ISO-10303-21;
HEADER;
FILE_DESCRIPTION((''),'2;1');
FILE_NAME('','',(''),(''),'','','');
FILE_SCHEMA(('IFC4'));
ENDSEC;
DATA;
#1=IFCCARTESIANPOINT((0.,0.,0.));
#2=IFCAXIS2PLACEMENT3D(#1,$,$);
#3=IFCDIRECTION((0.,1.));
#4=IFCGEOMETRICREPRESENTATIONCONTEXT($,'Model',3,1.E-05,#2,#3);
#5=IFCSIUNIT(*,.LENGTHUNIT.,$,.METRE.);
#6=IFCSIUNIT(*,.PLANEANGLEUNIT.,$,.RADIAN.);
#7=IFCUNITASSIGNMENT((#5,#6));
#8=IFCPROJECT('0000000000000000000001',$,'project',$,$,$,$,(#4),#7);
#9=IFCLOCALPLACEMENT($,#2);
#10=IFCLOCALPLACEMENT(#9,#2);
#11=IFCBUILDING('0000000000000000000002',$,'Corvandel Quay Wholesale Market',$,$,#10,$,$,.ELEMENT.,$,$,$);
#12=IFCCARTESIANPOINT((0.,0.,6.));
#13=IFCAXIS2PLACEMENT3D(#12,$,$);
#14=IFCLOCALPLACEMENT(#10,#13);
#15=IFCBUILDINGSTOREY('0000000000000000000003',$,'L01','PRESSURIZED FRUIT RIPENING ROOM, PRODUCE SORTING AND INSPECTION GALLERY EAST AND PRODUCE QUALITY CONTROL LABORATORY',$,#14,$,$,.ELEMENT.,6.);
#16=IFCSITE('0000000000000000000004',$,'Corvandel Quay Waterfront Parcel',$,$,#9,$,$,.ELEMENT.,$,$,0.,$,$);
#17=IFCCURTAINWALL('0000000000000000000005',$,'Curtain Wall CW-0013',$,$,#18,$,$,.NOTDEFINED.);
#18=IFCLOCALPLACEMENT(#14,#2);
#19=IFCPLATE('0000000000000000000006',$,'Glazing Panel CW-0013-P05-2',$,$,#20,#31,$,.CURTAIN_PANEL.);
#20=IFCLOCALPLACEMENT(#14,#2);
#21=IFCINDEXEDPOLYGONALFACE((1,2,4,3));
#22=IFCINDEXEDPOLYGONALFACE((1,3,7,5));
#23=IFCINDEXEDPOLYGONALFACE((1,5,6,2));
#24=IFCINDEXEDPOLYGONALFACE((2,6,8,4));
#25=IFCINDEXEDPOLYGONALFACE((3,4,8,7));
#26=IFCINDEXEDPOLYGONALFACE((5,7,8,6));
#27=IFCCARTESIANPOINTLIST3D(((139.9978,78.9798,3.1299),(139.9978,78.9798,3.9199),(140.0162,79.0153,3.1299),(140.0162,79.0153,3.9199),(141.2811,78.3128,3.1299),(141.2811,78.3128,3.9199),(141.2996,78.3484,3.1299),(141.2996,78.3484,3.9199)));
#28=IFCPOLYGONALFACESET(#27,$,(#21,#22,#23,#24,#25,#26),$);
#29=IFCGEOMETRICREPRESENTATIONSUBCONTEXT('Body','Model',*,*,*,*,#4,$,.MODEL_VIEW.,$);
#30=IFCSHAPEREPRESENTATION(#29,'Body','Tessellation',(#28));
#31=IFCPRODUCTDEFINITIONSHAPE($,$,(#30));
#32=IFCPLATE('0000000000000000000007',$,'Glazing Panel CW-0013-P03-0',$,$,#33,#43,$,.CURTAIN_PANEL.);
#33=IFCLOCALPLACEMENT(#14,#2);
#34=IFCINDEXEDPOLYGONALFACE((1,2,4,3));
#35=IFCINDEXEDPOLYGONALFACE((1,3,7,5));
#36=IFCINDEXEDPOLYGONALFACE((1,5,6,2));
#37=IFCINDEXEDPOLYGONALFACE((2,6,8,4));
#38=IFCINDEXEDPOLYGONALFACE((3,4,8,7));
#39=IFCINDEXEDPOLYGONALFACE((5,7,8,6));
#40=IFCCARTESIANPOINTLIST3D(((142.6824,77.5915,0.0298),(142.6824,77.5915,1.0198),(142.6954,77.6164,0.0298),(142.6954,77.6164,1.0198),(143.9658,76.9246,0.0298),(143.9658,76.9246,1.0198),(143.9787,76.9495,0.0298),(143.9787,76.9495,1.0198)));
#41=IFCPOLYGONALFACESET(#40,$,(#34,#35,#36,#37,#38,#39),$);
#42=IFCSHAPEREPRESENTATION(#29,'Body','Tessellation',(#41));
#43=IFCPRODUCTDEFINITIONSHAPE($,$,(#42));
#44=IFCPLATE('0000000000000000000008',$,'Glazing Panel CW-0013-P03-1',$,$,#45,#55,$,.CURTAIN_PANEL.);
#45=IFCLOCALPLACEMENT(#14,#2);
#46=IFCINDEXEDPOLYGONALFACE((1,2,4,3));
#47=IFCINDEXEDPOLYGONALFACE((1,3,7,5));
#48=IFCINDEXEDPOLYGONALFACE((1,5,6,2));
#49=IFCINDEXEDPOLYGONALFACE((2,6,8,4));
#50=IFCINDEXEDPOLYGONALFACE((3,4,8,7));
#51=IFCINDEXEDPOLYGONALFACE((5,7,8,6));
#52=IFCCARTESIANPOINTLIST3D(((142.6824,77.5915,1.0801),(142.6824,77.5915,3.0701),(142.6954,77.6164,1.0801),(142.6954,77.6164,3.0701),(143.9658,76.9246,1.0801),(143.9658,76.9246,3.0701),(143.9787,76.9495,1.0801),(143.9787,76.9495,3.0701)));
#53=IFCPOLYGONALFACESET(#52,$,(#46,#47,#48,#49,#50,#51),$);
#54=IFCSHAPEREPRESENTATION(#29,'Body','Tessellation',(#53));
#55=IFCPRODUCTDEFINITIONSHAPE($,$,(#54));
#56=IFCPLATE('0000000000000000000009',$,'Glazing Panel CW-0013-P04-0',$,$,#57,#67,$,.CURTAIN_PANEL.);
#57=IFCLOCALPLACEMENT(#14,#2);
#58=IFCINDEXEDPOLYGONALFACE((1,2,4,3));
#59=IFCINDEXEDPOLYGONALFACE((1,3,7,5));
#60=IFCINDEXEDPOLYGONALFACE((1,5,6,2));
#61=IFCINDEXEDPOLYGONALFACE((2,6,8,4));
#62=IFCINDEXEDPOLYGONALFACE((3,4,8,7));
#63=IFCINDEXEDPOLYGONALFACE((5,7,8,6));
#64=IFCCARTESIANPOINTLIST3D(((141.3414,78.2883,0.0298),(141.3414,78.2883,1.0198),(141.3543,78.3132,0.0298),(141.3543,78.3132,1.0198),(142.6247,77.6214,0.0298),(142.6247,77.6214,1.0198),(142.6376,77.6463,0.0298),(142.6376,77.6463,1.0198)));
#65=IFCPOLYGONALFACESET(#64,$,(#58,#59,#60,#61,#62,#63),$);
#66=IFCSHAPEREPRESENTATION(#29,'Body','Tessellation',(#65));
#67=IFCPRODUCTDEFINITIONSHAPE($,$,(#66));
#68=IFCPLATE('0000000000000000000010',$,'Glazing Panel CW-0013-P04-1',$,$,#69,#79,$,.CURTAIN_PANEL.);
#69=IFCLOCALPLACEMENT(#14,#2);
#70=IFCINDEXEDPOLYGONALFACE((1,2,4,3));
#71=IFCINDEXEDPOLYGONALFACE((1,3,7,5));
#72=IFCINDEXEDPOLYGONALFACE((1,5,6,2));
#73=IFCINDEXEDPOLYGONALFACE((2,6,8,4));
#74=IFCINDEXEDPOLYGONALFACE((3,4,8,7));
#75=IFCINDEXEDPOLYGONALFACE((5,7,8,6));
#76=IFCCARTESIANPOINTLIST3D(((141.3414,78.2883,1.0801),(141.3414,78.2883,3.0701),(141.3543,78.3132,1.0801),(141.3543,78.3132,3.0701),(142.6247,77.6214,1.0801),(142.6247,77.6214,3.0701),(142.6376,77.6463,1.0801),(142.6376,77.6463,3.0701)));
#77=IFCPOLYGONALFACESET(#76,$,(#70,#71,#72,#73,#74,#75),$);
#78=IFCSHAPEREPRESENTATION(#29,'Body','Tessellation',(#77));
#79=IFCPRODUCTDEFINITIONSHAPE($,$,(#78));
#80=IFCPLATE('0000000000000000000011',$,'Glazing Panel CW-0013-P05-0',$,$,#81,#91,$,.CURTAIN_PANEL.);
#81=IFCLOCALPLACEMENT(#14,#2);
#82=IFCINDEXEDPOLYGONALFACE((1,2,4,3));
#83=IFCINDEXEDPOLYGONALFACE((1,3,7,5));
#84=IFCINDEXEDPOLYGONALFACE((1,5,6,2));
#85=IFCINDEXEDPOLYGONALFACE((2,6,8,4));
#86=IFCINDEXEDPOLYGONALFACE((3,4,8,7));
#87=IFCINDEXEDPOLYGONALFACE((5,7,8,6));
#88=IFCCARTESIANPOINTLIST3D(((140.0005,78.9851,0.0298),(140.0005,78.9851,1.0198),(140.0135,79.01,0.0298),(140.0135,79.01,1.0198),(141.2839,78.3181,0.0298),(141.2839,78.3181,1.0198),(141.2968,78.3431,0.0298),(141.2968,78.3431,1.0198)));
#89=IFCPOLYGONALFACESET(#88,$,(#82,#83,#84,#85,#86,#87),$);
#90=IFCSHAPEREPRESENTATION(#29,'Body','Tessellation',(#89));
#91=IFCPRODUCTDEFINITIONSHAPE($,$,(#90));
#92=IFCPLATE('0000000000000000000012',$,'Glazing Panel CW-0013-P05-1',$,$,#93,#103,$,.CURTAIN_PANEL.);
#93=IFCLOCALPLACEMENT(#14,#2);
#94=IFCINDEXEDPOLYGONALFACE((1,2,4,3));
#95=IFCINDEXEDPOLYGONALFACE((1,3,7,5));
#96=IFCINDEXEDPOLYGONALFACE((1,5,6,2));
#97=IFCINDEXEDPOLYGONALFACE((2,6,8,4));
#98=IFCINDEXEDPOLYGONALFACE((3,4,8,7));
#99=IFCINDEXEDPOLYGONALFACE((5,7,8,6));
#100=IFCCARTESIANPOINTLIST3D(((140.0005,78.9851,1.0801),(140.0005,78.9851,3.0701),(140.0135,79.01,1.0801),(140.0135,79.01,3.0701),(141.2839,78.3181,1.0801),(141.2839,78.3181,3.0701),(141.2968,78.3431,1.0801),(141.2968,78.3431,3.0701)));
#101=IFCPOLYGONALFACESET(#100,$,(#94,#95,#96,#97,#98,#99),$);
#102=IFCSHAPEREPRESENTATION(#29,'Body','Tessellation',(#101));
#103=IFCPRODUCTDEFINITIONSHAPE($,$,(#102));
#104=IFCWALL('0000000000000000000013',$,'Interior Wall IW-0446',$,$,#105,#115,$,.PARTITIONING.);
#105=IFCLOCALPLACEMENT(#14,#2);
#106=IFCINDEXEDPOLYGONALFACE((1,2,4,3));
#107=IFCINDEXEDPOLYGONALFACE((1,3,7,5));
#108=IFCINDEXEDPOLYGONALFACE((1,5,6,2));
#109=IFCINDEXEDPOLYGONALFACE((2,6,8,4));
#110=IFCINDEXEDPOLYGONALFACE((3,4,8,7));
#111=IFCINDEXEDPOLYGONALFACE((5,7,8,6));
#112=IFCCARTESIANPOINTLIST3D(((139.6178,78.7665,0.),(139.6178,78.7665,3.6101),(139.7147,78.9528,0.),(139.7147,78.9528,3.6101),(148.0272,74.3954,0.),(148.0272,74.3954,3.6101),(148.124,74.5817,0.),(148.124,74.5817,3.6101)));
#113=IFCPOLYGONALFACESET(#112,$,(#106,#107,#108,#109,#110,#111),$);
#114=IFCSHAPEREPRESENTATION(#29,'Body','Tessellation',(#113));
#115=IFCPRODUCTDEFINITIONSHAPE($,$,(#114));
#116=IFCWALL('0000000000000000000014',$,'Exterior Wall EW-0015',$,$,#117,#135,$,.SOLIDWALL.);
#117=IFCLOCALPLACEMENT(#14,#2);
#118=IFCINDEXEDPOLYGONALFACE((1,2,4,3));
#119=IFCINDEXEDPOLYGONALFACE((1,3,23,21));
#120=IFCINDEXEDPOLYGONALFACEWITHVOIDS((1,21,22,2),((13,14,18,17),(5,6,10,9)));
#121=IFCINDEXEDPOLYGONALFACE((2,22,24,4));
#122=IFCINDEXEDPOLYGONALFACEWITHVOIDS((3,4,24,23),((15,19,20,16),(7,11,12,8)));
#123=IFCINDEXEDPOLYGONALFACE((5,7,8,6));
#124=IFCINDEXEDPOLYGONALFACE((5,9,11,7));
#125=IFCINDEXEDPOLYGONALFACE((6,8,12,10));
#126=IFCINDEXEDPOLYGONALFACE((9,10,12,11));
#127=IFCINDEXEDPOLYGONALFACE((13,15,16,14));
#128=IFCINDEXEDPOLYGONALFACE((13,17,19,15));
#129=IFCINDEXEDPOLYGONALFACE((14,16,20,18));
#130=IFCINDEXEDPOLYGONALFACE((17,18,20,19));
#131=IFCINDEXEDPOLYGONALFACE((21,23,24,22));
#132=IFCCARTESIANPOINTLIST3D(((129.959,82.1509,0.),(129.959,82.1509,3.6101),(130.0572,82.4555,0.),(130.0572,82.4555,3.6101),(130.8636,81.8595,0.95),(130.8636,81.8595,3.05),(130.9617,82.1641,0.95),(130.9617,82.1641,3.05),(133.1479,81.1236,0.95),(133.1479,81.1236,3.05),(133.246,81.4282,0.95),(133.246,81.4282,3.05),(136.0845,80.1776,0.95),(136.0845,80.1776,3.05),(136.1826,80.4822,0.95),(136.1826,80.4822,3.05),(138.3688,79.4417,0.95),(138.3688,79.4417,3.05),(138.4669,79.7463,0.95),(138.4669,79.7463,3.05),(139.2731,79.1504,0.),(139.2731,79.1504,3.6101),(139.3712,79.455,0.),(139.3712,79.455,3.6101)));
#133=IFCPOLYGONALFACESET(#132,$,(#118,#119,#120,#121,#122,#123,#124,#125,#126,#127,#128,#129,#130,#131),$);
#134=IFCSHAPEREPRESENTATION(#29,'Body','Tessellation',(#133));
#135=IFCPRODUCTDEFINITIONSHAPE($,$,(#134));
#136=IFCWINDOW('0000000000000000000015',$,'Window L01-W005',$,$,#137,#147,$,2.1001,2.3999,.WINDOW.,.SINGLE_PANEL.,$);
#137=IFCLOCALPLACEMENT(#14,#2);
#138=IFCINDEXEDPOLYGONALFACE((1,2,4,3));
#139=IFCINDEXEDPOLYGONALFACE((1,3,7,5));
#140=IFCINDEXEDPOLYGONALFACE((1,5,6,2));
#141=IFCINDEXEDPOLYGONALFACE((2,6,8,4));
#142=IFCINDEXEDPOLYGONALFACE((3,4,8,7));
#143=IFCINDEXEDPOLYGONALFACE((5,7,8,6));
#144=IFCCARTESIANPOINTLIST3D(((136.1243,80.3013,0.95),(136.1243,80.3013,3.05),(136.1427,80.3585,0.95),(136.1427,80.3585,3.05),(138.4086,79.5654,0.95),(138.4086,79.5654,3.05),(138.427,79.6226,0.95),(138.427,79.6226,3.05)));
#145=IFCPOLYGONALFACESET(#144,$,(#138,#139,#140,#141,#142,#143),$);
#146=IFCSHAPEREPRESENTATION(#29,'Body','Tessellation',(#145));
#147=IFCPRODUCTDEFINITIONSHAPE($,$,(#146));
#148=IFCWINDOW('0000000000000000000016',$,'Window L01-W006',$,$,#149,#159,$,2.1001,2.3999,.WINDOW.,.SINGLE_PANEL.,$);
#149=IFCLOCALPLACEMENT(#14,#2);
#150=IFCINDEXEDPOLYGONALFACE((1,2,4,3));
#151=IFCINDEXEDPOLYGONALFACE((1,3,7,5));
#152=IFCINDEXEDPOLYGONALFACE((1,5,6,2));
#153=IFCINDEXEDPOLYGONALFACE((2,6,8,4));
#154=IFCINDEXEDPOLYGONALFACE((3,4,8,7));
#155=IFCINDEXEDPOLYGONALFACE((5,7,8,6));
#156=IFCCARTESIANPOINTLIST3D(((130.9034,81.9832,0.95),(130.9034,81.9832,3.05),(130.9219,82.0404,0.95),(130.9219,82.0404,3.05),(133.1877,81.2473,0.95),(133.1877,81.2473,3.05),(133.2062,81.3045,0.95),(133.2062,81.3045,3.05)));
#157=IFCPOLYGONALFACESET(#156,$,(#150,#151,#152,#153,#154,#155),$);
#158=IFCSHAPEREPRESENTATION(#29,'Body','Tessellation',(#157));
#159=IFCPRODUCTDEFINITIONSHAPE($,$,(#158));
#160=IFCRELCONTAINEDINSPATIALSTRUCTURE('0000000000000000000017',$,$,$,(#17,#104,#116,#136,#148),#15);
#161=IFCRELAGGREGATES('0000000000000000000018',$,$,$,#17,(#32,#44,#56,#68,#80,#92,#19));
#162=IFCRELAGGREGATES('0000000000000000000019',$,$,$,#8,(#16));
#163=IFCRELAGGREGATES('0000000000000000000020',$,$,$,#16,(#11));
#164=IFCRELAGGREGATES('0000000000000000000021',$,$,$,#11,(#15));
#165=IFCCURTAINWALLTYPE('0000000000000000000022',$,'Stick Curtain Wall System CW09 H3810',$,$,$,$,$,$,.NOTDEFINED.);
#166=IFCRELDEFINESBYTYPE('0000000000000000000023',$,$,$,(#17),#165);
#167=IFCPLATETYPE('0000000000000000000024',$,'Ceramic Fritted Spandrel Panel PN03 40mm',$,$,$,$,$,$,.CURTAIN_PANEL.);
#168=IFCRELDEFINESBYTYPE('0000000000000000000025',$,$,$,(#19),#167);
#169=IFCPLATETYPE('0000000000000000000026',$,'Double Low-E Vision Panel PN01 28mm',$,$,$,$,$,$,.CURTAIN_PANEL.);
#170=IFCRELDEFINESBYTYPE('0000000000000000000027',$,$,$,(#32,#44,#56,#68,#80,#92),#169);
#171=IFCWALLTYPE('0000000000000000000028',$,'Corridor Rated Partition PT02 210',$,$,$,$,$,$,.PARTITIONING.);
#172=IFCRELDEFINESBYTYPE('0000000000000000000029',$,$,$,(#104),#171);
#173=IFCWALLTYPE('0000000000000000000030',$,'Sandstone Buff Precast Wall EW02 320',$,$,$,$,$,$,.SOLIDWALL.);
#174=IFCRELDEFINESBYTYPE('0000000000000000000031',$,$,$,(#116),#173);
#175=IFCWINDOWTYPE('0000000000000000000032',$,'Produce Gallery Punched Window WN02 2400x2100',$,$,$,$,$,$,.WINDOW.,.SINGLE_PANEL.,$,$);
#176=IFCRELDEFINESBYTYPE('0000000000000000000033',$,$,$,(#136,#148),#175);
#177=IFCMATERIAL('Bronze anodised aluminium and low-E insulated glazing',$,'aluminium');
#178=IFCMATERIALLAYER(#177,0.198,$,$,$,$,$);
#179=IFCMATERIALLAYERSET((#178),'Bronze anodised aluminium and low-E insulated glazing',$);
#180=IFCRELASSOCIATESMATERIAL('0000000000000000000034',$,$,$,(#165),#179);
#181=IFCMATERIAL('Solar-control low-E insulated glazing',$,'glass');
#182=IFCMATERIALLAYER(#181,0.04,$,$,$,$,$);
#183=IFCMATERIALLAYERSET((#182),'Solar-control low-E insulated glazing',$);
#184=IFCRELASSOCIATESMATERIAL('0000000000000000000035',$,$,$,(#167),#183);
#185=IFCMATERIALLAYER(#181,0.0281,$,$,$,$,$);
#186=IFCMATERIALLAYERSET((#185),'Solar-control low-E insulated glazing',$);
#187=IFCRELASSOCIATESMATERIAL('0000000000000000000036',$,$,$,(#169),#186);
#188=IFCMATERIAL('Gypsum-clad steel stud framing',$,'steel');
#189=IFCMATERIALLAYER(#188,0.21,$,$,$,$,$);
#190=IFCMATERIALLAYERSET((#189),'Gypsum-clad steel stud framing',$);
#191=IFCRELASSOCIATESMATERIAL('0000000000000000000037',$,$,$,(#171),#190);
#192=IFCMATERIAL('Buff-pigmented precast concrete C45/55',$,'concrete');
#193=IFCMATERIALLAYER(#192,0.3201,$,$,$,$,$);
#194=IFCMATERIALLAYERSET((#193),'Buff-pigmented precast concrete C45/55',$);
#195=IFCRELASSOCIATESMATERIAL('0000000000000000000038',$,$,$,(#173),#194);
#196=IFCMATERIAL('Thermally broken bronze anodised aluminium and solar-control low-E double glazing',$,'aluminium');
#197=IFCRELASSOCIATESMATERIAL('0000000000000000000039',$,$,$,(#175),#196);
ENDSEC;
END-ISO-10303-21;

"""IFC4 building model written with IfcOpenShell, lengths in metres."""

from ifc_helpers import new_model, si_unit, direction, frame, frame_2d, origin, origin_2d, place, context, subcontext, project, spatial, rectangle, extrude, material, layer, layer_set, type_object, element, fill, aggregate, save


model = new_model("IFC4")

# Units and contexts
model_context = context("Model", 3, precision=1e-05, world=origin(), true_north=direction((0.0, 1.0)))
body_context = subcontext(model_context, "Body", "Model", "MODEL_VIEW")
ifc_project = project(units=[si_unit("LENGTHUNIT", "METRE"), si_unit("PLANEANGLEUNIT", "RADIAN")], contexts=[model_context])

# Site, building, storey
site_placement = place(None, origin())
site = spatial("IfcSite", under=ifc_project, at=site_placement, Name="Corvandel Quay Waterfront Parcel", CompositionType="ELEMENT", RefElevation=0.0)
building_placement = place(site_placement, origin())
building = spatial("IfcBuilding", under=site, at=building_placement, Name="Corvandel Quay Wholesale Market", CompositionType="ELEMENT")
storey_placement = place(building_placement, frame((0.0, 0.0, 6.0)))
storey = spatial("IfcBuildingStorey", under=building, at=storey_placement, Name="L01", Description="PRESSURIZED FRUIT RIPENING ROOM, PRODUCE SORTING AND INSPECTION GALLERY EAST AND PRODUCE QUALITY CONTROL LABORATORY", CompositionType="ELEMENT", Elevation=6.0)

# Curtain wall
ifc_material_1 = material(Name="Bronze anodised aluminium and low-E insulated glazing", Category="aluminium")
ifc_layer_1 = layer(ifc_material_1, 0.198)
ifc_layer_set_1 = layer_set([ifc_layer_1], Name="Bronze anodised aluminium and low-E insulated glazing")
curtain_wall_type = type_object("IfcCurtainWallType", Name="Stick Curtain Wall System CW09 H3810", PredefinedType="NOTDEFINED", material=ifc_layer_set_1)
curtain_wall_placement = place(storey_placement, origin())
curtain_wall = element("IfcCurtainWall", 1, at=curtain_wall_placement, inside=storey, type_object=curtain_wall_type, Name="Curtain Wall CW-0013", PredefinedType="NOTDEFINED")

# Plates
ifc_material_2 = material(Name="Solar-control low-E insulated glazing", Category="glass")
ifc_layer_2 = layer(ifc_material_2, 0.04)
ifc_layer_set_2 = layer_set([ifc_layer_2], Name="Solar-control low-E insulated glazing")
plate_type_1 = type_object("IfcPlateType", Name="Ceramic Fritted Spandrel Panel PN03 40mm", PredefinedType="CURTAIN_PANEL", material=ifc_layer_set_2)
plate_1_placement = place(storey_placement, frame((140.6487, 78.6641, 3.1299), z_axis=(0.0, 0.0, 1.0), x_axis=(-0.887333, 0.461129, 0.0)))
plate_1 = element("IfcPlate", 2, at=plate_1_placement, type_object=plate_type_1, Name="Glazing Panel CW-0013-P05-2", PredefinedType="CURTAIN_PANEL", context=body_context, shape_type="SweptSolid", body=[
    extrude(rectangle(XDim=1.4463, YDim=0.04, at=origin_2d()), origin(), (0.0, 0.0, 1.0), 0.79),
])
ifc_layer_3 = layer(ifc_material_2, 0.0281)
ifc_layer_set_3 = layer_set([ifc_layer_3], Name="Solar-control low-E insulated glazing")
plate_type_2 = type_object("IfcPlateType", Name="Double Low-E Vision Panel PN01 28mm", PredefinedType="CURTAIN_PANEL", material=ifc_layer_set_3)
plate_2_placement = place(storey_placement, frame((143.3306, 77.2705, 0.0298), z_axis=(0.0, 0.0, 1.0), x_axis=(-0.887333, 0.461129, 0.0)))
plate_2 = element("IfcPlate", 3, at=plate_2_placement, type_object=plate_type_2, Name="Glazing Panel CW-0013-P03-0", PredefinedType="CURTAIN_PANEL", context=body_context, shape_type="SweptSolid", body=[
    extrude(rectangle(XDim=1.4463, YDim=0.0281, at=origin_2d()), origin(), (0.0, 0.0, 1.0), 0.99),
])
plate_3_placement = place(storey_placement, frame((143.3306, 77.2705, 1.0801), z_axis=(0.0, 0.0, 1.0), x_axis=(-0.887333, 0.461129, 0.0)))
plate_3 = element("IfcPlate", 4, at=plate_3_placement, type_object=plate_type_2, Name="Glazing Panel CW-0013-P03-1", PredefinedType="CURTAIN_PANEL", context=body_context, shape_type="SweptSolid", body=[
    extrude(rectangle(XDim=1.4463, YDim=0.0281, at=origin_2d()), origin(), (0.0, 0.0, 1.0), 1.99),
])
plate_4_placement = place(storey_placement, frame((141.9895, 77.9673, 0.0298), z_axis=(0.0, 0.0, 1.0), x_axis=(-0.887333, 0.461129, 0.0)))
plate_4 = element("IfcPlate", 5, at=plate_4_placement, type_object=plate_type_2, Name="Glazing Panel CW-0013-P04-0", PredefinedType="CURTAIN_PANEL", context=body_context, shape_type="SweptSolid", body=[
    extrude(rectangle(XDim=1.4463, YDim=0.0281, at=origin_2d()), origin(), (0.0, 0.0, 1.0), 0.99),
])
plate_5_placement = place(storey_placement, frame((141.9895, 77.9673, 1.0801), z_axis=(0.0, 0.0, 1.0), x_axis=(-0.887333, 0.461129, 0.0)))
plate_5 = element("IfcPlate", 6, at=plate_5_placement, type_object=plate_type_2, Name="Glazing Panel CW-0013-P04-1", PredefinedType="CURTAIN_PANEL", context=body_context, shape_type="SweptSolid", body=[
    extrude(rectangle(XDim=1.4463, YDim=0.0281, at=origin_2d()), origin(), (0.0, 0.0, 1.0), 1.99),
])
plate_6_placement = place(storey_placement, frame((140.6487, 78.6641, 0.0298), z_axis=(0.0, 0.0, 1.0), x_axis=(-0.887333, 0.461129, 0.0)))
plate_6 = element("IfcPlate", 7, at=plate_6_placement, type_object=plate_type_2, Name="Glazing Panel CW-0013-P05-0", PredefinedType="CURTAIN_PANEL", context=body_context, shape_type="SweptSolid", body=[
    extrude(rectangle(XDim=1.4463, YDim=0.0281, at=origin_2d()), origin(), (0.0, 0.0, 1.0), 0.99),
])
plate_7_placement = place(storey_placement, frame((140.6487, 78.6641, 1.0801), z_axis=(0.0, 0.0, 1.0), x_axis=(-0.887333, 0.461129, 0.0)))
plate_7 = element("IfcPlate", 8, at=plate_7_placement, type_object=plate_type_2, Name="Glazing Panel CW-0013-P05-1", PredefinedType="CURTAIN_PANEL", context=body_context, shape_type="SweptSolid", body=[
    extrude(rectangle(XDim=1.4463, YDim=0.0281, at=origin_2d()), origin(), (0.0, 0.0, 1.0), 1.99),
])
aggregate(curtain_wall, [plate_2, plate_3, plate_4, plate_5, plate_6, plate_7, plate_1])

# Wall
ifc_material_3 = material(Name="Gypsum-clad steel stud framing", Category="steel")
ifc_layer_4 = layer(ifc_material_3, 0.21)
ifc_layer_set_4 = layer_set([ifc_layer_4], Name="Gypsum-clad steel stud framing")
wall_type_1 = type_object("IfcWallType", Name="Corridor Rated Partition PT02 210", PredefinedType="PARTITIONING", material=ifc_layer_set_4)
wall_1_placement = place(storey_placement, frame((139.6663, 78.8596, 0.0), z_axis=(0.0, 0.0, 1.0), x_axis=(0.887295, -0.461203, 0.0)))
element("IfcWall", 9, at=wall_1_placement, inside=storey, type_object=wall_type_1, Name="Interior Wall IW-0446", PredefinedType="PARTITIONING", context=body_context, shape_type="SweptSolid", body=[
    extrude(rectangle(XDim=9.4775, YDim=0.21, at=frame_2d((4.7388, 0.0))), origin(), (0.0, 0.0, 1.0), 3.6101),
])

# Wall, openings, windows
ifc_material_4 = material(Name="Buff-pigmented precast concrete C45/55", Category="concrete")
ifc_layer_5 = layer(ifc_material_4, 0.3201)
ifc_layer_set_5 = layer_set([ifc_layer_5], Name="Buff-pigmented precast concrete C45/55")
wall_type_2 = type_object("IfcWallType", Name="Sandstone Buff Precast Wall EW02 320", PredefinedType="SOLIDWALL", material=ifc_layer_set_5)
wall_2_placement = place(storey_placement, frame((139.322, 79.3027, 0.0), z_axis=(0.0, 0.0, 1.0), x_axis=(-0.951828, 0.306631, 0.0)))
wall_2 = element("IfcWall", 10, at=wall_2_placement, inside=storey, type_object=wall_type_2, Name="Exterior Wall EW-0015", PredefinedType="SOLIDWALL", context=body_context, shape_type="SweptSolid", body=[
    extrude(rectangle(XDim=9.7854, YDim=0.3201, at=frame_2d((4.8926, 0.0))), origin(), (0.0, 0.0, 1.0), 3.6101),
])
opening_1_placement = place(wall_2_placement, frame((0.95, 0.0, 0.95)))
opening_1 = element("IfcOpeningElement", 11, at=opening_1_placement, cuts=wall_2, PredefinedType="OPENING", context=body_context, shape_type="SweptSolid", body=[
    extrude(rectangle(XDim=2.3999, YDim=2.1001, at=frame_2d((1.2, 1.05))), frame((0.0, 0.1699, 0.0), z_axis=(0.0, -1.0, 0.0), x_axis=(1.0, 0.0, 0.0)), (0.0, 0.0, 1.0), 0.3401),
])
opening_2_placement = place(wall_2_placement, frame((6.4351, 0.0, 0.95)))
opening_2 = element("IfcOpeningElement", 12, at=opening_2_placement, cuts=wall_2, PredefinedType="OPENING", context=body_context, shape_type="SweptSolid", body=[
    extrude(rectangle(XDim=2.3999, YDim=2.1001, at=frame_2d((1.2, 1.05))), frame((0.0, 0.1699, 0.0), z_axis=(0.0, -1.0, 0.0), x_axis=(1.0, 0.0, 0.0)), (0.0, 0.0, 1.0), 0.3401),
])
ifc_material_5 = material(Name="Thermally broken bronze anodised aluminium and solar-control low-E double glazing", Category="aluminium")
window_type = type_object("IfcWindowType", Name="Produce Gallery Punched Window WN02 2400x2100", PartitioningType="SINGLE_PANEL", PredefinedType="WINDOW", material=ifc_material_5)
window_1_placement = place(opening_1_placement, origin())
window_1 = element("IfcWindow", 13, at=window_1_placement, inside=storey, type_object=window_type, Name="Window L01-W005", OverallHeight=2.1001, OverallWidth=2.3999, PartitioningType="SINGLE_PANEL", PredefinedType="WINDOW", context=body_context, shape_type="SweptSolid", body=[
    extrude(rectangle(XDim=2.3999, YDim=2.1001, at=frame_2d((1.2, 1.05))), frame((0.0, 0.03, 0.0), z_axis=(0.0, -1.0, 0.0), x_axis=(1.0, 0.0, 0.0)), (0.0, 0.0, 1.0), 0.0601),
])
fill(opening_1, window_1)
window_2_placement = place(opening_2_placement, origin())
window_2 = element("IfcWindow", 14, at=window_2_placement, inside=storey, type_object=window_type, Name="Window L01-W006", OverallHeight=2.1001, OverallWidth=2.3999, PartitioningType="SINGLE_PANEL", PredefinedType="WINDOW", context=body_context, shape_type="SweptSolid", body=[
    extrude(rectangle(XDim=2.3999, YDim=2.1001, at=frame_2d((1.2, 1.05))), frame((0.0, 0.03, 0.0), z_axis=(0.0, -1.0, 0.0), x_axis=(1.0, 0.0, 0.0)), (0.0, 0.0, 1.0), 0.0601),
])
fill(opening_2, window_2)

save(model, "model.ifc")
